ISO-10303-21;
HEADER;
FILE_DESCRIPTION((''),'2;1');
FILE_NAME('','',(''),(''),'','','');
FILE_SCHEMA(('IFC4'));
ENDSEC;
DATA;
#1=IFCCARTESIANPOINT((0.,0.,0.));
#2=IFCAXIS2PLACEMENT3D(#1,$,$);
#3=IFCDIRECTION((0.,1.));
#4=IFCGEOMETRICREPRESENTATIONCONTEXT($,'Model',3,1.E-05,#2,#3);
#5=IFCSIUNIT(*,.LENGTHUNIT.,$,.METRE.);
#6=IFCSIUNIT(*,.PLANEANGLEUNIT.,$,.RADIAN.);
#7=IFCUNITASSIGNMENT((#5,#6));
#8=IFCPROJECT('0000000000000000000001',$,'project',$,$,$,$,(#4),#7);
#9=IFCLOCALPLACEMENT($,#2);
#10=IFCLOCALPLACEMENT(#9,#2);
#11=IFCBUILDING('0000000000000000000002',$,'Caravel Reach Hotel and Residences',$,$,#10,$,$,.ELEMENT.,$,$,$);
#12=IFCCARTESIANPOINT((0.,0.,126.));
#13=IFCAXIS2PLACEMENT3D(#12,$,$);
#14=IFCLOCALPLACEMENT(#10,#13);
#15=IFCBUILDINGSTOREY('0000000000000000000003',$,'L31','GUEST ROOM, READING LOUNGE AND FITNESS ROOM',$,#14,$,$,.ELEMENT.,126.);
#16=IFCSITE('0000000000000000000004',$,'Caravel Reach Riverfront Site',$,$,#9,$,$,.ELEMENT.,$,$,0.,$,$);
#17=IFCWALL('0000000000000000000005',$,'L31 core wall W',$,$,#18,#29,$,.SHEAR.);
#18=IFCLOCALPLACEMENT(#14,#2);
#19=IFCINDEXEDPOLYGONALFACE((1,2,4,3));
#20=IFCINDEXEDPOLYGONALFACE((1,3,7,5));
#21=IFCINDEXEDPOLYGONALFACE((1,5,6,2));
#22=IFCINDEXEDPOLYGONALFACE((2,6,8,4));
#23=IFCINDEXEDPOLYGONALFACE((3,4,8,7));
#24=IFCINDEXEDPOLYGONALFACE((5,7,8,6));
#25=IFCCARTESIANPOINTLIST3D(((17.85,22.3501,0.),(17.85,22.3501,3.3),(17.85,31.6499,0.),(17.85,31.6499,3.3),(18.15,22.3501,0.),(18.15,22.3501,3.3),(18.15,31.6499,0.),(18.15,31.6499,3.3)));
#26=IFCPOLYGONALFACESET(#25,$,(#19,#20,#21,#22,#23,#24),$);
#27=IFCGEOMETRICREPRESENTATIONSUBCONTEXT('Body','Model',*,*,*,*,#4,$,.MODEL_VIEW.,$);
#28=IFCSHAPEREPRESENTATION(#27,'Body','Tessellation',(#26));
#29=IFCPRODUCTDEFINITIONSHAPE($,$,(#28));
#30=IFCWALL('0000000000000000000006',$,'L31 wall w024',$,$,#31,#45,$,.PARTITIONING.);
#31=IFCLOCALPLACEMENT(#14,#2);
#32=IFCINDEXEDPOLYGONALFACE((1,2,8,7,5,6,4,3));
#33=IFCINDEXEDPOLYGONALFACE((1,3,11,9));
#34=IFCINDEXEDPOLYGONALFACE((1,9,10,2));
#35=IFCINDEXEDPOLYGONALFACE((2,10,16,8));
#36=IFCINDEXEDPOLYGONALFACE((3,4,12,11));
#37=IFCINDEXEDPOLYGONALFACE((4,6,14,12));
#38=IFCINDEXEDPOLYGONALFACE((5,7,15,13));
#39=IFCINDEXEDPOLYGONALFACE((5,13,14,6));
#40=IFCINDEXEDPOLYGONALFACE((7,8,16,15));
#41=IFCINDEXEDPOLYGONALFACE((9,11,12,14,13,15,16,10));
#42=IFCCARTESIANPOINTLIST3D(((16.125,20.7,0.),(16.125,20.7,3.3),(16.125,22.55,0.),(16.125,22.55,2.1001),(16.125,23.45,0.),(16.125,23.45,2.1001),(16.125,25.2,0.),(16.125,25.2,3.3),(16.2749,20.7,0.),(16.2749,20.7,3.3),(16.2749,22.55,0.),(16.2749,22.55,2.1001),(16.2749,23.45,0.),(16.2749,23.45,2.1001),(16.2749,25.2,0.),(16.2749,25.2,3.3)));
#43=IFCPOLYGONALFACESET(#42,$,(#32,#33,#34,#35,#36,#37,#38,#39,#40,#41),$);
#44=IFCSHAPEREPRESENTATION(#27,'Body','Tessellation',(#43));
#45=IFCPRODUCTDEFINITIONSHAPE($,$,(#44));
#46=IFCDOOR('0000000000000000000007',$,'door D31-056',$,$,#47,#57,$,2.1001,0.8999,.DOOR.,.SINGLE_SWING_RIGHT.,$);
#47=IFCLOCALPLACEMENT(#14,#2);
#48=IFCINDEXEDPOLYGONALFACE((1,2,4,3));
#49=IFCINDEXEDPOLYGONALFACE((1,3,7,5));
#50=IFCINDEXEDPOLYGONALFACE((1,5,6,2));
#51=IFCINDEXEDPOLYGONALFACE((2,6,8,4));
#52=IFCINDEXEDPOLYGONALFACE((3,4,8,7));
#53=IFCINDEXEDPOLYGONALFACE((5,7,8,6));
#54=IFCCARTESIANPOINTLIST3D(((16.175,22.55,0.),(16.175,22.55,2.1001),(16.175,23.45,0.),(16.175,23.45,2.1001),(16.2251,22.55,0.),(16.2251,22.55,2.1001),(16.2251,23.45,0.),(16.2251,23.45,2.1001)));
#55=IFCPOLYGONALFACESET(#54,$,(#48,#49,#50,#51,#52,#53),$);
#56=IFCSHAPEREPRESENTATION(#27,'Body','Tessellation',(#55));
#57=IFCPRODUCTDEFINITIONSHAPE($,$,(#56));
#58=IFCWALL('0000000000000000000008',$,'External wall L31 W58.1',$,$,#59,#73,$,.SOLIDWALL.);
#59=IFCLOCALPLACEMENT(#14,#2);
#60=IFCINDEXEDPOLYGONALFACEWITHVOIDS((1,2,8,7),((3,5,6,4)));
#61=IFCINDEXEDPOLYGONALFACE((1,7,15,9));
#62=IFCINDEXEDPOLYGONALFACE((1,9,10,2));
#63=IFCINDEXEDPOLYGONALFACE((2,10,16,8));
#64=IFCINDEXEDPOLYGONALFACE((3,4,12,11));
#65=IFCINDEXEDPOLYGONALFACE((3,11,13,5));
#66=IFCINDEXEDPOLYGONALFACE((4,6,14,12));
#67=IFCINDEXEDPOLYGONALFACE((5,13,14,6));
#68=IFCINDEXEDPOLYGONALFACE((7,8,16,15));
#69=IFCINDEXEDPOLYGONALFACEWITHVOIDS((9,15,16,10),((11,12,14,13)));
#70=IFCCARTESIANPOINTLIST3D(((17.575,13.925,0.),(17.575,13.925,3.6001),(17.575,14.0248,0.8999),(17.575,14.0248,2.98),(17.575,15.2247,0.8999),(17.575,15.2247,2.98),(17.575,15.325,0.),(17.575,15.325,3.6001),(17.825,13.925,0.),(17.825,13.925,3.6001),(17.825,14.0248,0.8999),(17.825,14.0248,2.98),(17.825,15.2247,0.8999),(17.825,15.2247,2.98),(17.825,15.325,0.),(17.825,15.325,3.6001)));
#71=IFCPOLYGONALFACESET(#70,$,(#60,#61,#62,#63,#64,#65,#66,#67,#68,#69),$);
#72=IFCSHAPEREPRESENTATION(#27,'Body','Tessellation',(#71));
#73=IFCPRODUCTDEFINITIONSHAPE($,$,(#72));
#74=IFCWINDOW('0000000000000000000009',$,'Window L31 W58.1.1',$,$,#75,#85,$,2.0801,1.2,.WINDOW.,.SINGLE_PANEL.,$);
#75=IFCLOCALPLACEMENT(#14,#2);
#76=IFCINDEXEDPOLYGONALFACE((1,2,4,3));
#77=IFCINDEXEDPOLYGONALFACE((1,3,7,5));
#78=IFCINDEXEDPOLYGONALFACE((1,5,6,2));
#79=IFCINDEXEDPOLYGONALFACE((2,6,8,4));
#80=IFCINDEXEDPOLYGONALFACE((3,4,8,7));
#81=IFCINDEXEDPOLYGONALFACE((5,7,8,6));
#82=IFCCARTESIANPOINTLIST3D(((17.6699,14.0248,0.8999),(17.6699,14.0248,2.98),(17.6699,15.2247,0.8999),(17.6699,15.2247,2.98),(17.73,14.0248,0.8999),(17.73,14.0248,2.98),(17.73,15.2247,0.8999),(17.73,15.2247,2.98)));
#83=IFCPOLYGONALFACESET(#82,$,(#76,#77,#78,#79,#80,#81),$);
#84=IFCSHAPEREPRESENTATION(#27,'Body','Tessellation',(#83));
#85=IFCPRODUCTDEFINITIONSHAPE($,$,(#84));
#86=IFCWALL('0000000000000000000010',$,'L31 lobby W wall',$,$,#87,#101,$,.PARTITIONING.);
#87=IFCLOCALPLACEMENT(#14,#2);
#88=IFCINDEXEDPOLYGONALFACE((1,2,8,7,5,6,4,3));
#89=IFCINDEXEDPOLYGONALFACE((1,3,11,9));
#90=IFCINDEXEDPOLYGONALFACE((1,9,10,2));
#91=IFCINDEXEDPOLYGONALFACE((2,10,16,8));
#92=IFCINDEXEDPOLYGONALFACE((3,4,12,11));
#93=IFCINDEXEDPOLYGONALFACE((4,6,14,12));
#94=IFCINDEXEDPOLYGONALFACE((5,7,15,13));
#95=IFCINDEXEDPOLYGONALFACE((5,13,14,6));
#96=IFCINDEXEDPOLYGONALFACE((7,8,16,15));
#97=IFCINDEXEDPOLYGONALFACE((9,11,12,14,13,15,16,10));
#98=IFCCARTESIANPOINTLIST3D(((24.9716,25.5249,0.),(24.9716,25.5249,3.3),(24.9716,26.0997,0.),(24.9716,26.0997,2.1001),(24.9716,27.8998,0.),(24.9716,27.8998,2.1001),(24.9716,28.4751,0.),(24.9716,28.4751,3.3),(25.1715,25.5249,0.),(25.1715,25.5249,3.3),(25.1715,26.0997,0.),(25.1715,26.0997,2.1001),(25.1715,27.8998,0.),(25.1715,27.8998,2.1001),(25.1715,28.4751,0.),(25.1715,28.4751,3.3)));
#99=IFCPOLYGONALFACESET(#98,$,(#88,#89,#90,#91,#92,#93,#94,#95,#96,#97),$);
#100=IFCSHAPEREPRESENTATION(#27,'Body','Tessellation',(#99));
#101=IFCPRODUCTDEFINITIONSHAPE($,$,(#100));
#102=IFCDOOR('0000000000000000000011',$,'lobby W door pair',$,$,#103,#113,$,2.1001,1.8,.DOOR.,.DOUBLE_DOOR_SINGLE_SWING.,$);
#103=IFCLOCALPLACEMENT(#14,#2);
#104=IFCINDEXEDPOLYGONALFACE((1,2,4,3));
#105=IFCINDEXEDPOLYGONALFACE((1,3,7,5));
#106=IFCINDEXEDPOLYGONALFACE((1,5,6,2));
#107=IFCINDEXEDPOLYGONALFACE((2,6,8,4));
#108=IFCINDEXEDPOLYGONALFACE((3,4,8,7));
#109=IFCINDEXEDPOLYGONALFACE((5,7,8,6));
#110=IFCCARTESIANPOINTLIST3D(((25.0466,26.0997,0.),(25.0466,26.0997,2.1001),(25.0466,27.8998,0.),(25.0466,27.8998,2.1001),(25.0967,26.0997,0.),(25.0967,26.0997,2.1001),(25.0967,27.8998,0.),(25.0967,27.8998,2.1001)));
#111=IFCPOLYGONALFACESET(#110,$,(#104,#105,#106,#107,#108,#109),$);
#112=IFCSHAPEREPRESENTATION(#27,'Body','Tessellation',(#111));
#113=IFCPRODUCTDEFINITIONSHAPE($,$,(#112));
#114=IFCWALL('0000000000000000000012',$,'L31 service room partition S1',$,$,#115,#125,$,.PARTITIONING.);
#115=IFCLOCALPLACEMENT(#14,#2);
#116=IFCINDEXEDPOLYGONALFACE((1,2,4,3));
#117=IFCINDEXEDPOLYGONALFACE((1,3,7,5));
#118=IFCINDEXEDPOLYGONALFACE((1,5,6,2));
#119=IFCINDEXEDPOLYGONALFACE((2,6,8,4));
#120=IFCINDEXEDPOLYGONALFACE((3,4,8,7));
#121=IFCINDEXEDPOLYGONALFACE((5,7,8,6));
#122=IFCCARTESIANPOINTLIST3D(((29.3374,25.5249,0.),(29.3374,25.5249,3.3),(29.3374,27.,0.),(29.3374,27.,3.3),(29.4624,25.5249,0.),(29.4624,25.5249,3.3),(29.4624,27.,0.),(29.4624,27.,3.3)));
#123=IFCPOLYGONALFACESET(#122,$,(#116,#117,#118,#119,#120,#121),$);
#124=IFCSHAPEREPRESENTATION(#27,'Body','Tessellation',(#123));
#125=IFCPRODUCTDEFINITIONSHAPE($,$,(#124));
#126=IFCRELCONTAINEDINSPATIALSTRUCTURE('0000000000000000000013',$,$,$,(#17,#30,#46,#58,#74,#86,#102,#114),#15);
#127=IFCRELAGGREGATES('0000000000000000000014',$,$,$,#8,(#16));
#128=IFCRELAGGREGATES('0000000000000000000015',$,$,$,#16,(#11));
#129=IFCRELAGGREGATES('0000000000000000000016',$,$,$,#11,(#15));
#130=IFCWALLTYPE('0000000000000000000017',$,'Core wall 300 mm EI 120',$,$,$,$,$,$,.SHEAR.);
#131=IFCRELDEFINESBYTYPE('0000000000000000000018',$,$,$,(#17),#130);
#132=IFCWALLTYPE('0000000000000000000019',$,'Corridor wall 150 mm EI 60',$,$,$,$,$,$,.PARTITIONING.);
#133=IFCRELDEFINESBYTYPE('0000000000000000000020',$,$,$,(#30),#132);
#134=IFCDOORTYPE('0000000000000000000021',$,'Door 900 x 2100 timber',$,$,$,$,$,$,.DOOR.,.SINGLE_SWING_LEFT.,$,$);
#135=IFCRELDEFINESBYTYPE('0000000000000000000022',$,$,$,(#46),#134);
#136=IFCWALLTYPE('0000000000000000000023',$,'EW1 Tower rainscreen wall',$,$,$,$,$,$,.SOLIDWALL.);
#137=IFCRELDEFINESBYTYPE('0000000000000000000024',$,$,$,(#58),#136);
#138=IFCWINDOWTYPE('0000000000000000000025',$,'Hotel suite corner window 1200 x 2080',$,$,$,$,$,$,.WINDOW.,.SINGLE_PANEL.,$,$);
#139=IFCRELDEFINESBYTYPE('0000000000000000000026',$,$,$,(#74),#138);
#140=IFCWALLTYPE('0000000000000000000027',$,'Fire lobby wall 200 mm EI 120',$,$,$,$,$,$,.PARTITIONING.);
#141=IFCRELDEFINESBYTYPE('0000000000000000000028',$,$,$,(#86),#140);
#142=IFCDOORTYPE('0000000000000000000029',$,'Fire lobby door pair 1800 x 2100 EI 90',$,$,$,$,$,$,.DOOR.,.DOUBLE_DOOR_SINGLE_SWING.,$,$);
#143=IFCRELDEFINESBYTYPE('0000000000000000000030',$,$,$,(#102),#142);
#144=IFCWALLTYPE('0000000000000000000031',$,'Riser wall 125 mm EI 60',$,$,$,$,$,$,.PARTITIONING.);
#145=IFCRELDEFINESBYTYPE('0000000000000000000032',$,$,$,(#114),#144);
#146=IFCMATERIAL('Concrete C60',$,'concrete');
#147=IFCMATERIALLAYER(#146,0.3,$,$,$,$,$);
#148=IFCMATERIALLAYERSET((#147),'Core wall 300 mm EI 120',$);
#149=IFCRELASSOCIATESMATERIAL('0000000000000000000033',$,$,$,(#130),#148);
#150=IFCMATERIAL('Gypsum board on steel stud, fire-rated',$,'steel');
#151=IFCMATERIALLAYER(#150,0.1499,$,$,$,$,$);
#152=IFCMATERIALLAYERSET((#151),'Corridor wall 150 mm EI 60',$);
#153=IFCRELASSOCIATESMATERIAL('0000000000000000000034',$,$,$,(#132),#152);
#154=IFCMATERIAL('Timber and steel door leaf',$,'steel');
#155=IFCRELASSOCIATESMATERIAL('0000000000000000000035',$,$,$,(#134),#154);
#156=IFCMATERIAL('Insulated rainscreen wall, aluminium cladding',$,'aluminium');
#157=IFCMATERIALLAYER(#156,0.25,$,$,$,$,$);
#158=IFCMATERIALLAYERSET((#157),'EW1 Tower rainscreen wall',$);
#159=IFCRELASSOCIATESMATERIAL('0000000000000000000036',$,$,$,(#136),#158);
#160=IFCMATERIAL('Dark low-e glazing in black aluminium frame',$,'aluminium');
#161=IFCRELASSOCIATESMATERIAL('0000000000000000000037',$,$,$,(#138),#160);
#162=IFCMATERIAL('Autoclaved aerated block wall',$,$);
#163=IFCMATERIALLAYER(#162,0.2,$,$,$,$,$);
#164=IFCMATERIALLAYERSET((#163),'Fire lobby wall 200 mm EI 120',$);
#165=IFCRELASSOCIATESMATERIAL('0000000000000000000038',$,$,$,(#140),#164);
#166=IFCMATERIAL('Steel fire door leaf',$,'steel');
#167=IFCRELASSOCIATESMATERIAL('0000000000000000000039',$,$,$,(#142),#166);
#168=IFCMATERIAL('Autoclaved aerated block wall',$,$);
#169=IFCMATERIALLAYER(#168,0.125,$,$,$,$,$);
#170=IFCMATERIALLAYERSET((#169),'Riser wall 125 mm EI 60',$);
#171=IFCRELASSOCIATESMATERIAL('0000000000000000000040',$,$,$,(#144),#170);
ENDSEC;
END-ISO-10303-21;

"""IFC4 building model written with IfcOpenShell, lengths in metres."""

from ifc_helpers import new_model, si_unit, direction, frame, frame_2d, origin, place, context, subcontext, project, spatial, rectangle, extrude, material, layer, layer_set, type_object, element, fill, save


model = new_model("IFC4")

# Units and contexts
model_context = context("Model", 3, precision=1e-05, world=origin(), true_north=direction((0.0, 1.0)))
body_context = subcontext(model_context, "Body", "Model", "MODEL_VIEW")
ifc_project = project(units=[si_unit("LENGTHUNIT", "METRE"), si_unit("PLANEANGLEUNIT", "RADIAN")], contexts=[model_context])

# Site, building, storey
site_placement = place(None, origin())
site = spatial("IfcSite", under=ifc_project, at=site_placement, Name="Caravel Reach Riverfront Site", CompositionType="ELEMENT", RefElevation=0.0)
building_placement = place(site_placement, origin())
building = spatial("IfcBuilding", under=site, at=building_placement, Name="Caravel Reach Hotel and Residences", CompositionType="ELEMENT")
storey_placement = place(building_placement, frame((0.0, 0.0, 126.0)))
storey = spatial("IfcBuildingStorey", under=building, at=storey_placement, Name="L31", Description="GUEST ROOM, READING LOUNGE AND FITNESS ROOM", CompositionType="ELEMENT", Elevation=126.0)

# Wall
ifc_material_1 = material(Name="Concrete C60", Category="concrete")
ifc_layer_1 = layer(ifc_material_1, 0.3)
ifc_layer_set_1 = layer_set([ifc_layer_1], Name="Core wall 300 mm EI 120")
wall_type_1 = type_object("IfcWallType", Name="Core wall 300 mm EI 120", PredefinedType="SHEAR", material=ifc_layer_set_1)
wall_1_placement = place(storey_placement, frame((18.0, 22.3501, 0.0), z_axis=(0.0, 0.0, 1.0), x_axis=(0.0, 1.0, 0.0)))
element("IfcWall", 1, at=wall_1_placement, inside=storey, type_object=wall_type_1, Name="L31 core wall W", PredefinedType="SHEAR", context=body_context, shape_type="SweptSolid", body=[
    extrude(rectangle(XDim=9.2998, YDim=0.3, at=frame_2d((4.6499, 0.0))), origin(), (0.0, 0.0, 1.0), 3.3),
])

# Wall, opening, door
ifc_material_2 = material(Name="Gypsum board on steel stud, fire-rated", Category="steel")
ifc_layer_2 = layer(ifc_material_2, 0.1499)
ifc_layer_set_2 = layer_set([ifc_layer_2], Name="Corridor wall 150 mm EI 60")
wall_type_2 = type_object("IfcWallType", Name="Corridor wall 150 mm EI 60", PredefinedType="PARTITIONING", material=ifc_layer_set_2)
wall_2_placement = place(storey_placement, frame((16.2, 20.7, 0.0), z_axis=(0.0, 0.0, 1.0), x_axis=(0.0, 1.0, 0.0)))
wall_2 = element("IfcWall", 2, at=wall_2_placement, inside=storey, type_object=wall_type_2, Name="L31 wall w024", PredefinedType="PARTITIONING", context=body_context, shape_type="SweptSolid", body=[
    extrude(rectangle(XDim=4.5, YDim=0.1499, at=frame_2d((2.25, 0.0))), origin(), (0.0, 0.0, 1.0), 3.3),
])
opening_1_placement = place(wall_2_placement, frame((1.8501, 0.0, 0.0)))
opening_1 = element("IfcOpeningElement", 3, at=opening_1_placement, cuts=wall_2, PredefinedType="OPENING", context=body_context, shape_type="SweptSolid", body=[
    extrude(rectangle(XDim=0.8999, YDim=2.1001, at=frame_2d((0.45, 1.05))), frame((0.0, 0.085, 0.0), z_axis=(0.0, -1.0, 0.0), x_axis=(1.0, 0.0, 0.0)), (0.0, 0.0, 1.0), 0.1699),
])
ifc_material_3 = material(Name="Timber and steel door leaf", Category="steel")
door_type_1 = type_object("IfcDoorType", Name="Door 900 x 2100 timber", OperationType="SINGLE_SWING_LEFT", PredefinedType="DOOR", material=ifc_material_3)
door_1_placement = place(opening_1_placement, origin())
door_1 = element("IfcDoor", 4, at=door_1_placement, inside=storey, type_object=door_type_1, Name="door D31-056", OperationType="SINGLE_SWING_RIGHT", OverallHeight=2.1001, OverallWidth=0.8999, PredefinedType="DOOR", context=body_context, shape_type="SweptSolid", body=[
    extrude(rectangle(XDim=0.8999, YDim=2.1001, at=frame_2d((0.45, 1.05))), frame((0.0, 0.0249, 0.0), z_axis=(0.0, -1.0, 0.0), x_axis=(1.0, 0.0, 0.0)), (0.0, 0.0, 1.0), 0.05),
])
fill(opening_1, door_1)

# Wall, opening, window
ifc_material_4 = material(Name="Insulated rainscreen wall, aluminium cladding", Category="aluminium")
ifc_layer_3 = layer(ifc_material_4, 0.25)
ifc_layer_set_3 = layer_set([ifc_layer_3], Name="EW1 Tower rainscreen wall")
wall_type_3 = type_object("IfcWallType", Name="EW1 Tower rainscreen wall", PredefinedType="SOLIDWALL", material=ifc_layer_set_3)
wall_3_placement = place(storey_placement, frame((17.7, 15.325, 0.0), z_axis=(0.0, 0.0, 1.0), x_axis=(0.0, -1.0, 0.0)))
wall_3 = element("IfcWall", 5, at=wall_3_placement, inside=storey, type_object=wall_type_3, Name="External wall L31 W58.1", PredefinedType="SOLIDWALL", context=body_context, shape_type="SweptSolid", body=[
    extrude(rectangle(XDim=1.3999, YDim=0.25, at=frame_2d((0.7, 0.0))), origin(), (0.0, 0.0, 1.0), 3.6001),
])
opening_2_placement = place(wall_3_placement, frame((0.1001, 0.0, 0.8999)))
opening_2 = element("IfcOpeningElement", 6, at=opening_2_placement, cuts=wall_3, PredefinedType="OPENING", context=body_context, shape_type="SweptSolid", body=[
    extrude(rectangle(XDim=1.2, YDim=2.0801, at=frame_2d((0.6001, 1.04))), frame((0.0, 0.135, 0.0), z_axis=(0.0, -1.0, 0.0), x_axis=(1.0, 0.0, 0.0)), (0.0, 0.0, 1.0), 0.27),
])
ifc_material_5 = material(Name="Dark low-e glazing in black aluminium frame", Category="aluminium")
window_type = type_object("IfcWindowType", Name="Hotel suite corner window 1200 x 2080", PartitioningType="SINGLE_PANEL", PredefinedType="WINDOW", material=ifc_material_5)
window_placement = place(opening_2_placement, origin())
window = element("IfcWindow", 7, at=window_placement, inside=storey, type_object=window_type, Name="Window L31 W58.1.1", OverallHeight=2.0801, OverallWidth=1.2, PartitioningType="SINGLE_PANEL", PredefinedType="WINDOW", context=body_context, shape_type="SweptSolid", body=[
    extrude(rectangle(XDim=1.2, YDim=2.0801, at=frame_2d((0.6001, 1.04))), frame((0.0, 0.03, 0.0), z_axis=(0.0, -1.0, 0.0), x_axis=(1.0, 0.0, 0.0)), (0.0, 0.0, 1.0), 0.0601),
])
fill(opening_2, window)

# Wall, opening, door
ifc_material_6 = material(Name="Autoclaved aerated block wall")
ifc_layer_4 = layer(ifc_material_6, 0.2)
ifc_layer_set_4 = layer_set([ifc_layer_4], Name="Fire lobby wall 200 mm EI 120")
wall_type_4 = type_object("IfcWallType", Name="Fire lobby wall 200 mm EI 120", PredefinedType="PARTITIONING", material=ifc_layer_set_4)
wall_4_placement = place(storey_placement, frame((25.0715, 25.5249, 0.0), z_axis=(0.0, 0.0, 1.0), x_axis=(0.0, 1.0, 0.0)))
wall_4 = element("IfcWall", 8, at=wall_4_placement, inside=storey, type_object=wall_type_4, Name="L31 lobby W wall", PredefinedType="PARTITIONING", context=body_context, shape_type="SweptSolid", body=[
    extrude(rectangle(XDim=2.9502, YDim=0.2, at=frame_2d((1.4751, 0.0))), origin(), (0.0, 0.0, 1.0), 3.3),
])
opening_3_placement = place(wall_4_placement, frame((0.575, 0.0, 0.0)))
opening_3 = element("IfcOpeningElement", 9, at=opening_3_placement, cuts=wall_4, PredefinedType="OPENING", context=body_context, shape_type="SweptSolid", body=[
    extrude(rectangle(XDim=1.8, YDim=2.1001, at=frame_2d((0.8999, 1.05))), frame((0.0, 0.1099, 0.0), z_axis=(0.0, -1.0, 0.0), x_axis=(1.0, 0.0, 0.0)), (0.0, 0.0, 1.0), 0.22),
])
ifc_material_7 = material(Name="Steel fire door leaf", Category="steel")
door_type_2 = type_object("IfcDoorType", Name="Fire lobby door pair 1800 x 2100 EI 90", OperationType="DOUBLE_DOOR_SINGLE_SWING", PredefinedType="DOOR", material=ifc_material_7)
door_2_placement = place(opening_3_placement, origin())
door_2 = element("IfcDoor", 10, at=door_2_placement, inside=storey, type_object=door_type_2, Name="lobby W door pair", OperationType="DOUBLE_DOOR_SINGLE_SWING", OverallHeight=2.1001, OverallWidth=1.8, PredefinedType="DOOR", context=body_context, shape_type="SweptSolid", body=[
    extrude(rectangle(XDim=1.8, YDim=2.1001, at=frame_2d((0.8999, 1.05))), frame((0.0, 0.0249, 0.0), z_axis=(0.0, -1.0, 0.0), x_axis=(1.0, 0.0, 0.0)), (0.0, 0.0, 1.0), 0.05),
])
fill(opening_3, door_2)

# Wall
ifc_material_8 = material(Name="Autoclaved aerated block wall")
ifc_layer_5 = layer(ifc_material_8, 0.125)
ifc_layer_set_5 = layer_set([ifc_layer_5], Name="Riser wall 125 mm EI 60")
wall_type_5 = type_object("IfcWallType", Name="Riser wall 125 mm EI 60", PredefinedType="PARTITIONING", material=ifc_layer_set_5)
wall_5_placement = place(storey_placement, frame((29.3999, 25.5249, 0.0), z_axis=(0.0, 0.0, 1.0), x_axis=(0.0, 1.0, 0.0)))
element("IfcWall", 11, at=wall_5_placement, inside=storey, type_object=wall_type_5, Name="L31 service room partition S1", PredefinedType="PARTITIONING", context=body_context, shape_type="SweptSolid", body=[
    extrude(rectangle(XDim=1.4751, YDim=0.125, at=frame_2d((0.7375, 0.0))), origin(), (0.0, 0.0, 1.0), 3.3),
])

save(model, "model.ifc")
